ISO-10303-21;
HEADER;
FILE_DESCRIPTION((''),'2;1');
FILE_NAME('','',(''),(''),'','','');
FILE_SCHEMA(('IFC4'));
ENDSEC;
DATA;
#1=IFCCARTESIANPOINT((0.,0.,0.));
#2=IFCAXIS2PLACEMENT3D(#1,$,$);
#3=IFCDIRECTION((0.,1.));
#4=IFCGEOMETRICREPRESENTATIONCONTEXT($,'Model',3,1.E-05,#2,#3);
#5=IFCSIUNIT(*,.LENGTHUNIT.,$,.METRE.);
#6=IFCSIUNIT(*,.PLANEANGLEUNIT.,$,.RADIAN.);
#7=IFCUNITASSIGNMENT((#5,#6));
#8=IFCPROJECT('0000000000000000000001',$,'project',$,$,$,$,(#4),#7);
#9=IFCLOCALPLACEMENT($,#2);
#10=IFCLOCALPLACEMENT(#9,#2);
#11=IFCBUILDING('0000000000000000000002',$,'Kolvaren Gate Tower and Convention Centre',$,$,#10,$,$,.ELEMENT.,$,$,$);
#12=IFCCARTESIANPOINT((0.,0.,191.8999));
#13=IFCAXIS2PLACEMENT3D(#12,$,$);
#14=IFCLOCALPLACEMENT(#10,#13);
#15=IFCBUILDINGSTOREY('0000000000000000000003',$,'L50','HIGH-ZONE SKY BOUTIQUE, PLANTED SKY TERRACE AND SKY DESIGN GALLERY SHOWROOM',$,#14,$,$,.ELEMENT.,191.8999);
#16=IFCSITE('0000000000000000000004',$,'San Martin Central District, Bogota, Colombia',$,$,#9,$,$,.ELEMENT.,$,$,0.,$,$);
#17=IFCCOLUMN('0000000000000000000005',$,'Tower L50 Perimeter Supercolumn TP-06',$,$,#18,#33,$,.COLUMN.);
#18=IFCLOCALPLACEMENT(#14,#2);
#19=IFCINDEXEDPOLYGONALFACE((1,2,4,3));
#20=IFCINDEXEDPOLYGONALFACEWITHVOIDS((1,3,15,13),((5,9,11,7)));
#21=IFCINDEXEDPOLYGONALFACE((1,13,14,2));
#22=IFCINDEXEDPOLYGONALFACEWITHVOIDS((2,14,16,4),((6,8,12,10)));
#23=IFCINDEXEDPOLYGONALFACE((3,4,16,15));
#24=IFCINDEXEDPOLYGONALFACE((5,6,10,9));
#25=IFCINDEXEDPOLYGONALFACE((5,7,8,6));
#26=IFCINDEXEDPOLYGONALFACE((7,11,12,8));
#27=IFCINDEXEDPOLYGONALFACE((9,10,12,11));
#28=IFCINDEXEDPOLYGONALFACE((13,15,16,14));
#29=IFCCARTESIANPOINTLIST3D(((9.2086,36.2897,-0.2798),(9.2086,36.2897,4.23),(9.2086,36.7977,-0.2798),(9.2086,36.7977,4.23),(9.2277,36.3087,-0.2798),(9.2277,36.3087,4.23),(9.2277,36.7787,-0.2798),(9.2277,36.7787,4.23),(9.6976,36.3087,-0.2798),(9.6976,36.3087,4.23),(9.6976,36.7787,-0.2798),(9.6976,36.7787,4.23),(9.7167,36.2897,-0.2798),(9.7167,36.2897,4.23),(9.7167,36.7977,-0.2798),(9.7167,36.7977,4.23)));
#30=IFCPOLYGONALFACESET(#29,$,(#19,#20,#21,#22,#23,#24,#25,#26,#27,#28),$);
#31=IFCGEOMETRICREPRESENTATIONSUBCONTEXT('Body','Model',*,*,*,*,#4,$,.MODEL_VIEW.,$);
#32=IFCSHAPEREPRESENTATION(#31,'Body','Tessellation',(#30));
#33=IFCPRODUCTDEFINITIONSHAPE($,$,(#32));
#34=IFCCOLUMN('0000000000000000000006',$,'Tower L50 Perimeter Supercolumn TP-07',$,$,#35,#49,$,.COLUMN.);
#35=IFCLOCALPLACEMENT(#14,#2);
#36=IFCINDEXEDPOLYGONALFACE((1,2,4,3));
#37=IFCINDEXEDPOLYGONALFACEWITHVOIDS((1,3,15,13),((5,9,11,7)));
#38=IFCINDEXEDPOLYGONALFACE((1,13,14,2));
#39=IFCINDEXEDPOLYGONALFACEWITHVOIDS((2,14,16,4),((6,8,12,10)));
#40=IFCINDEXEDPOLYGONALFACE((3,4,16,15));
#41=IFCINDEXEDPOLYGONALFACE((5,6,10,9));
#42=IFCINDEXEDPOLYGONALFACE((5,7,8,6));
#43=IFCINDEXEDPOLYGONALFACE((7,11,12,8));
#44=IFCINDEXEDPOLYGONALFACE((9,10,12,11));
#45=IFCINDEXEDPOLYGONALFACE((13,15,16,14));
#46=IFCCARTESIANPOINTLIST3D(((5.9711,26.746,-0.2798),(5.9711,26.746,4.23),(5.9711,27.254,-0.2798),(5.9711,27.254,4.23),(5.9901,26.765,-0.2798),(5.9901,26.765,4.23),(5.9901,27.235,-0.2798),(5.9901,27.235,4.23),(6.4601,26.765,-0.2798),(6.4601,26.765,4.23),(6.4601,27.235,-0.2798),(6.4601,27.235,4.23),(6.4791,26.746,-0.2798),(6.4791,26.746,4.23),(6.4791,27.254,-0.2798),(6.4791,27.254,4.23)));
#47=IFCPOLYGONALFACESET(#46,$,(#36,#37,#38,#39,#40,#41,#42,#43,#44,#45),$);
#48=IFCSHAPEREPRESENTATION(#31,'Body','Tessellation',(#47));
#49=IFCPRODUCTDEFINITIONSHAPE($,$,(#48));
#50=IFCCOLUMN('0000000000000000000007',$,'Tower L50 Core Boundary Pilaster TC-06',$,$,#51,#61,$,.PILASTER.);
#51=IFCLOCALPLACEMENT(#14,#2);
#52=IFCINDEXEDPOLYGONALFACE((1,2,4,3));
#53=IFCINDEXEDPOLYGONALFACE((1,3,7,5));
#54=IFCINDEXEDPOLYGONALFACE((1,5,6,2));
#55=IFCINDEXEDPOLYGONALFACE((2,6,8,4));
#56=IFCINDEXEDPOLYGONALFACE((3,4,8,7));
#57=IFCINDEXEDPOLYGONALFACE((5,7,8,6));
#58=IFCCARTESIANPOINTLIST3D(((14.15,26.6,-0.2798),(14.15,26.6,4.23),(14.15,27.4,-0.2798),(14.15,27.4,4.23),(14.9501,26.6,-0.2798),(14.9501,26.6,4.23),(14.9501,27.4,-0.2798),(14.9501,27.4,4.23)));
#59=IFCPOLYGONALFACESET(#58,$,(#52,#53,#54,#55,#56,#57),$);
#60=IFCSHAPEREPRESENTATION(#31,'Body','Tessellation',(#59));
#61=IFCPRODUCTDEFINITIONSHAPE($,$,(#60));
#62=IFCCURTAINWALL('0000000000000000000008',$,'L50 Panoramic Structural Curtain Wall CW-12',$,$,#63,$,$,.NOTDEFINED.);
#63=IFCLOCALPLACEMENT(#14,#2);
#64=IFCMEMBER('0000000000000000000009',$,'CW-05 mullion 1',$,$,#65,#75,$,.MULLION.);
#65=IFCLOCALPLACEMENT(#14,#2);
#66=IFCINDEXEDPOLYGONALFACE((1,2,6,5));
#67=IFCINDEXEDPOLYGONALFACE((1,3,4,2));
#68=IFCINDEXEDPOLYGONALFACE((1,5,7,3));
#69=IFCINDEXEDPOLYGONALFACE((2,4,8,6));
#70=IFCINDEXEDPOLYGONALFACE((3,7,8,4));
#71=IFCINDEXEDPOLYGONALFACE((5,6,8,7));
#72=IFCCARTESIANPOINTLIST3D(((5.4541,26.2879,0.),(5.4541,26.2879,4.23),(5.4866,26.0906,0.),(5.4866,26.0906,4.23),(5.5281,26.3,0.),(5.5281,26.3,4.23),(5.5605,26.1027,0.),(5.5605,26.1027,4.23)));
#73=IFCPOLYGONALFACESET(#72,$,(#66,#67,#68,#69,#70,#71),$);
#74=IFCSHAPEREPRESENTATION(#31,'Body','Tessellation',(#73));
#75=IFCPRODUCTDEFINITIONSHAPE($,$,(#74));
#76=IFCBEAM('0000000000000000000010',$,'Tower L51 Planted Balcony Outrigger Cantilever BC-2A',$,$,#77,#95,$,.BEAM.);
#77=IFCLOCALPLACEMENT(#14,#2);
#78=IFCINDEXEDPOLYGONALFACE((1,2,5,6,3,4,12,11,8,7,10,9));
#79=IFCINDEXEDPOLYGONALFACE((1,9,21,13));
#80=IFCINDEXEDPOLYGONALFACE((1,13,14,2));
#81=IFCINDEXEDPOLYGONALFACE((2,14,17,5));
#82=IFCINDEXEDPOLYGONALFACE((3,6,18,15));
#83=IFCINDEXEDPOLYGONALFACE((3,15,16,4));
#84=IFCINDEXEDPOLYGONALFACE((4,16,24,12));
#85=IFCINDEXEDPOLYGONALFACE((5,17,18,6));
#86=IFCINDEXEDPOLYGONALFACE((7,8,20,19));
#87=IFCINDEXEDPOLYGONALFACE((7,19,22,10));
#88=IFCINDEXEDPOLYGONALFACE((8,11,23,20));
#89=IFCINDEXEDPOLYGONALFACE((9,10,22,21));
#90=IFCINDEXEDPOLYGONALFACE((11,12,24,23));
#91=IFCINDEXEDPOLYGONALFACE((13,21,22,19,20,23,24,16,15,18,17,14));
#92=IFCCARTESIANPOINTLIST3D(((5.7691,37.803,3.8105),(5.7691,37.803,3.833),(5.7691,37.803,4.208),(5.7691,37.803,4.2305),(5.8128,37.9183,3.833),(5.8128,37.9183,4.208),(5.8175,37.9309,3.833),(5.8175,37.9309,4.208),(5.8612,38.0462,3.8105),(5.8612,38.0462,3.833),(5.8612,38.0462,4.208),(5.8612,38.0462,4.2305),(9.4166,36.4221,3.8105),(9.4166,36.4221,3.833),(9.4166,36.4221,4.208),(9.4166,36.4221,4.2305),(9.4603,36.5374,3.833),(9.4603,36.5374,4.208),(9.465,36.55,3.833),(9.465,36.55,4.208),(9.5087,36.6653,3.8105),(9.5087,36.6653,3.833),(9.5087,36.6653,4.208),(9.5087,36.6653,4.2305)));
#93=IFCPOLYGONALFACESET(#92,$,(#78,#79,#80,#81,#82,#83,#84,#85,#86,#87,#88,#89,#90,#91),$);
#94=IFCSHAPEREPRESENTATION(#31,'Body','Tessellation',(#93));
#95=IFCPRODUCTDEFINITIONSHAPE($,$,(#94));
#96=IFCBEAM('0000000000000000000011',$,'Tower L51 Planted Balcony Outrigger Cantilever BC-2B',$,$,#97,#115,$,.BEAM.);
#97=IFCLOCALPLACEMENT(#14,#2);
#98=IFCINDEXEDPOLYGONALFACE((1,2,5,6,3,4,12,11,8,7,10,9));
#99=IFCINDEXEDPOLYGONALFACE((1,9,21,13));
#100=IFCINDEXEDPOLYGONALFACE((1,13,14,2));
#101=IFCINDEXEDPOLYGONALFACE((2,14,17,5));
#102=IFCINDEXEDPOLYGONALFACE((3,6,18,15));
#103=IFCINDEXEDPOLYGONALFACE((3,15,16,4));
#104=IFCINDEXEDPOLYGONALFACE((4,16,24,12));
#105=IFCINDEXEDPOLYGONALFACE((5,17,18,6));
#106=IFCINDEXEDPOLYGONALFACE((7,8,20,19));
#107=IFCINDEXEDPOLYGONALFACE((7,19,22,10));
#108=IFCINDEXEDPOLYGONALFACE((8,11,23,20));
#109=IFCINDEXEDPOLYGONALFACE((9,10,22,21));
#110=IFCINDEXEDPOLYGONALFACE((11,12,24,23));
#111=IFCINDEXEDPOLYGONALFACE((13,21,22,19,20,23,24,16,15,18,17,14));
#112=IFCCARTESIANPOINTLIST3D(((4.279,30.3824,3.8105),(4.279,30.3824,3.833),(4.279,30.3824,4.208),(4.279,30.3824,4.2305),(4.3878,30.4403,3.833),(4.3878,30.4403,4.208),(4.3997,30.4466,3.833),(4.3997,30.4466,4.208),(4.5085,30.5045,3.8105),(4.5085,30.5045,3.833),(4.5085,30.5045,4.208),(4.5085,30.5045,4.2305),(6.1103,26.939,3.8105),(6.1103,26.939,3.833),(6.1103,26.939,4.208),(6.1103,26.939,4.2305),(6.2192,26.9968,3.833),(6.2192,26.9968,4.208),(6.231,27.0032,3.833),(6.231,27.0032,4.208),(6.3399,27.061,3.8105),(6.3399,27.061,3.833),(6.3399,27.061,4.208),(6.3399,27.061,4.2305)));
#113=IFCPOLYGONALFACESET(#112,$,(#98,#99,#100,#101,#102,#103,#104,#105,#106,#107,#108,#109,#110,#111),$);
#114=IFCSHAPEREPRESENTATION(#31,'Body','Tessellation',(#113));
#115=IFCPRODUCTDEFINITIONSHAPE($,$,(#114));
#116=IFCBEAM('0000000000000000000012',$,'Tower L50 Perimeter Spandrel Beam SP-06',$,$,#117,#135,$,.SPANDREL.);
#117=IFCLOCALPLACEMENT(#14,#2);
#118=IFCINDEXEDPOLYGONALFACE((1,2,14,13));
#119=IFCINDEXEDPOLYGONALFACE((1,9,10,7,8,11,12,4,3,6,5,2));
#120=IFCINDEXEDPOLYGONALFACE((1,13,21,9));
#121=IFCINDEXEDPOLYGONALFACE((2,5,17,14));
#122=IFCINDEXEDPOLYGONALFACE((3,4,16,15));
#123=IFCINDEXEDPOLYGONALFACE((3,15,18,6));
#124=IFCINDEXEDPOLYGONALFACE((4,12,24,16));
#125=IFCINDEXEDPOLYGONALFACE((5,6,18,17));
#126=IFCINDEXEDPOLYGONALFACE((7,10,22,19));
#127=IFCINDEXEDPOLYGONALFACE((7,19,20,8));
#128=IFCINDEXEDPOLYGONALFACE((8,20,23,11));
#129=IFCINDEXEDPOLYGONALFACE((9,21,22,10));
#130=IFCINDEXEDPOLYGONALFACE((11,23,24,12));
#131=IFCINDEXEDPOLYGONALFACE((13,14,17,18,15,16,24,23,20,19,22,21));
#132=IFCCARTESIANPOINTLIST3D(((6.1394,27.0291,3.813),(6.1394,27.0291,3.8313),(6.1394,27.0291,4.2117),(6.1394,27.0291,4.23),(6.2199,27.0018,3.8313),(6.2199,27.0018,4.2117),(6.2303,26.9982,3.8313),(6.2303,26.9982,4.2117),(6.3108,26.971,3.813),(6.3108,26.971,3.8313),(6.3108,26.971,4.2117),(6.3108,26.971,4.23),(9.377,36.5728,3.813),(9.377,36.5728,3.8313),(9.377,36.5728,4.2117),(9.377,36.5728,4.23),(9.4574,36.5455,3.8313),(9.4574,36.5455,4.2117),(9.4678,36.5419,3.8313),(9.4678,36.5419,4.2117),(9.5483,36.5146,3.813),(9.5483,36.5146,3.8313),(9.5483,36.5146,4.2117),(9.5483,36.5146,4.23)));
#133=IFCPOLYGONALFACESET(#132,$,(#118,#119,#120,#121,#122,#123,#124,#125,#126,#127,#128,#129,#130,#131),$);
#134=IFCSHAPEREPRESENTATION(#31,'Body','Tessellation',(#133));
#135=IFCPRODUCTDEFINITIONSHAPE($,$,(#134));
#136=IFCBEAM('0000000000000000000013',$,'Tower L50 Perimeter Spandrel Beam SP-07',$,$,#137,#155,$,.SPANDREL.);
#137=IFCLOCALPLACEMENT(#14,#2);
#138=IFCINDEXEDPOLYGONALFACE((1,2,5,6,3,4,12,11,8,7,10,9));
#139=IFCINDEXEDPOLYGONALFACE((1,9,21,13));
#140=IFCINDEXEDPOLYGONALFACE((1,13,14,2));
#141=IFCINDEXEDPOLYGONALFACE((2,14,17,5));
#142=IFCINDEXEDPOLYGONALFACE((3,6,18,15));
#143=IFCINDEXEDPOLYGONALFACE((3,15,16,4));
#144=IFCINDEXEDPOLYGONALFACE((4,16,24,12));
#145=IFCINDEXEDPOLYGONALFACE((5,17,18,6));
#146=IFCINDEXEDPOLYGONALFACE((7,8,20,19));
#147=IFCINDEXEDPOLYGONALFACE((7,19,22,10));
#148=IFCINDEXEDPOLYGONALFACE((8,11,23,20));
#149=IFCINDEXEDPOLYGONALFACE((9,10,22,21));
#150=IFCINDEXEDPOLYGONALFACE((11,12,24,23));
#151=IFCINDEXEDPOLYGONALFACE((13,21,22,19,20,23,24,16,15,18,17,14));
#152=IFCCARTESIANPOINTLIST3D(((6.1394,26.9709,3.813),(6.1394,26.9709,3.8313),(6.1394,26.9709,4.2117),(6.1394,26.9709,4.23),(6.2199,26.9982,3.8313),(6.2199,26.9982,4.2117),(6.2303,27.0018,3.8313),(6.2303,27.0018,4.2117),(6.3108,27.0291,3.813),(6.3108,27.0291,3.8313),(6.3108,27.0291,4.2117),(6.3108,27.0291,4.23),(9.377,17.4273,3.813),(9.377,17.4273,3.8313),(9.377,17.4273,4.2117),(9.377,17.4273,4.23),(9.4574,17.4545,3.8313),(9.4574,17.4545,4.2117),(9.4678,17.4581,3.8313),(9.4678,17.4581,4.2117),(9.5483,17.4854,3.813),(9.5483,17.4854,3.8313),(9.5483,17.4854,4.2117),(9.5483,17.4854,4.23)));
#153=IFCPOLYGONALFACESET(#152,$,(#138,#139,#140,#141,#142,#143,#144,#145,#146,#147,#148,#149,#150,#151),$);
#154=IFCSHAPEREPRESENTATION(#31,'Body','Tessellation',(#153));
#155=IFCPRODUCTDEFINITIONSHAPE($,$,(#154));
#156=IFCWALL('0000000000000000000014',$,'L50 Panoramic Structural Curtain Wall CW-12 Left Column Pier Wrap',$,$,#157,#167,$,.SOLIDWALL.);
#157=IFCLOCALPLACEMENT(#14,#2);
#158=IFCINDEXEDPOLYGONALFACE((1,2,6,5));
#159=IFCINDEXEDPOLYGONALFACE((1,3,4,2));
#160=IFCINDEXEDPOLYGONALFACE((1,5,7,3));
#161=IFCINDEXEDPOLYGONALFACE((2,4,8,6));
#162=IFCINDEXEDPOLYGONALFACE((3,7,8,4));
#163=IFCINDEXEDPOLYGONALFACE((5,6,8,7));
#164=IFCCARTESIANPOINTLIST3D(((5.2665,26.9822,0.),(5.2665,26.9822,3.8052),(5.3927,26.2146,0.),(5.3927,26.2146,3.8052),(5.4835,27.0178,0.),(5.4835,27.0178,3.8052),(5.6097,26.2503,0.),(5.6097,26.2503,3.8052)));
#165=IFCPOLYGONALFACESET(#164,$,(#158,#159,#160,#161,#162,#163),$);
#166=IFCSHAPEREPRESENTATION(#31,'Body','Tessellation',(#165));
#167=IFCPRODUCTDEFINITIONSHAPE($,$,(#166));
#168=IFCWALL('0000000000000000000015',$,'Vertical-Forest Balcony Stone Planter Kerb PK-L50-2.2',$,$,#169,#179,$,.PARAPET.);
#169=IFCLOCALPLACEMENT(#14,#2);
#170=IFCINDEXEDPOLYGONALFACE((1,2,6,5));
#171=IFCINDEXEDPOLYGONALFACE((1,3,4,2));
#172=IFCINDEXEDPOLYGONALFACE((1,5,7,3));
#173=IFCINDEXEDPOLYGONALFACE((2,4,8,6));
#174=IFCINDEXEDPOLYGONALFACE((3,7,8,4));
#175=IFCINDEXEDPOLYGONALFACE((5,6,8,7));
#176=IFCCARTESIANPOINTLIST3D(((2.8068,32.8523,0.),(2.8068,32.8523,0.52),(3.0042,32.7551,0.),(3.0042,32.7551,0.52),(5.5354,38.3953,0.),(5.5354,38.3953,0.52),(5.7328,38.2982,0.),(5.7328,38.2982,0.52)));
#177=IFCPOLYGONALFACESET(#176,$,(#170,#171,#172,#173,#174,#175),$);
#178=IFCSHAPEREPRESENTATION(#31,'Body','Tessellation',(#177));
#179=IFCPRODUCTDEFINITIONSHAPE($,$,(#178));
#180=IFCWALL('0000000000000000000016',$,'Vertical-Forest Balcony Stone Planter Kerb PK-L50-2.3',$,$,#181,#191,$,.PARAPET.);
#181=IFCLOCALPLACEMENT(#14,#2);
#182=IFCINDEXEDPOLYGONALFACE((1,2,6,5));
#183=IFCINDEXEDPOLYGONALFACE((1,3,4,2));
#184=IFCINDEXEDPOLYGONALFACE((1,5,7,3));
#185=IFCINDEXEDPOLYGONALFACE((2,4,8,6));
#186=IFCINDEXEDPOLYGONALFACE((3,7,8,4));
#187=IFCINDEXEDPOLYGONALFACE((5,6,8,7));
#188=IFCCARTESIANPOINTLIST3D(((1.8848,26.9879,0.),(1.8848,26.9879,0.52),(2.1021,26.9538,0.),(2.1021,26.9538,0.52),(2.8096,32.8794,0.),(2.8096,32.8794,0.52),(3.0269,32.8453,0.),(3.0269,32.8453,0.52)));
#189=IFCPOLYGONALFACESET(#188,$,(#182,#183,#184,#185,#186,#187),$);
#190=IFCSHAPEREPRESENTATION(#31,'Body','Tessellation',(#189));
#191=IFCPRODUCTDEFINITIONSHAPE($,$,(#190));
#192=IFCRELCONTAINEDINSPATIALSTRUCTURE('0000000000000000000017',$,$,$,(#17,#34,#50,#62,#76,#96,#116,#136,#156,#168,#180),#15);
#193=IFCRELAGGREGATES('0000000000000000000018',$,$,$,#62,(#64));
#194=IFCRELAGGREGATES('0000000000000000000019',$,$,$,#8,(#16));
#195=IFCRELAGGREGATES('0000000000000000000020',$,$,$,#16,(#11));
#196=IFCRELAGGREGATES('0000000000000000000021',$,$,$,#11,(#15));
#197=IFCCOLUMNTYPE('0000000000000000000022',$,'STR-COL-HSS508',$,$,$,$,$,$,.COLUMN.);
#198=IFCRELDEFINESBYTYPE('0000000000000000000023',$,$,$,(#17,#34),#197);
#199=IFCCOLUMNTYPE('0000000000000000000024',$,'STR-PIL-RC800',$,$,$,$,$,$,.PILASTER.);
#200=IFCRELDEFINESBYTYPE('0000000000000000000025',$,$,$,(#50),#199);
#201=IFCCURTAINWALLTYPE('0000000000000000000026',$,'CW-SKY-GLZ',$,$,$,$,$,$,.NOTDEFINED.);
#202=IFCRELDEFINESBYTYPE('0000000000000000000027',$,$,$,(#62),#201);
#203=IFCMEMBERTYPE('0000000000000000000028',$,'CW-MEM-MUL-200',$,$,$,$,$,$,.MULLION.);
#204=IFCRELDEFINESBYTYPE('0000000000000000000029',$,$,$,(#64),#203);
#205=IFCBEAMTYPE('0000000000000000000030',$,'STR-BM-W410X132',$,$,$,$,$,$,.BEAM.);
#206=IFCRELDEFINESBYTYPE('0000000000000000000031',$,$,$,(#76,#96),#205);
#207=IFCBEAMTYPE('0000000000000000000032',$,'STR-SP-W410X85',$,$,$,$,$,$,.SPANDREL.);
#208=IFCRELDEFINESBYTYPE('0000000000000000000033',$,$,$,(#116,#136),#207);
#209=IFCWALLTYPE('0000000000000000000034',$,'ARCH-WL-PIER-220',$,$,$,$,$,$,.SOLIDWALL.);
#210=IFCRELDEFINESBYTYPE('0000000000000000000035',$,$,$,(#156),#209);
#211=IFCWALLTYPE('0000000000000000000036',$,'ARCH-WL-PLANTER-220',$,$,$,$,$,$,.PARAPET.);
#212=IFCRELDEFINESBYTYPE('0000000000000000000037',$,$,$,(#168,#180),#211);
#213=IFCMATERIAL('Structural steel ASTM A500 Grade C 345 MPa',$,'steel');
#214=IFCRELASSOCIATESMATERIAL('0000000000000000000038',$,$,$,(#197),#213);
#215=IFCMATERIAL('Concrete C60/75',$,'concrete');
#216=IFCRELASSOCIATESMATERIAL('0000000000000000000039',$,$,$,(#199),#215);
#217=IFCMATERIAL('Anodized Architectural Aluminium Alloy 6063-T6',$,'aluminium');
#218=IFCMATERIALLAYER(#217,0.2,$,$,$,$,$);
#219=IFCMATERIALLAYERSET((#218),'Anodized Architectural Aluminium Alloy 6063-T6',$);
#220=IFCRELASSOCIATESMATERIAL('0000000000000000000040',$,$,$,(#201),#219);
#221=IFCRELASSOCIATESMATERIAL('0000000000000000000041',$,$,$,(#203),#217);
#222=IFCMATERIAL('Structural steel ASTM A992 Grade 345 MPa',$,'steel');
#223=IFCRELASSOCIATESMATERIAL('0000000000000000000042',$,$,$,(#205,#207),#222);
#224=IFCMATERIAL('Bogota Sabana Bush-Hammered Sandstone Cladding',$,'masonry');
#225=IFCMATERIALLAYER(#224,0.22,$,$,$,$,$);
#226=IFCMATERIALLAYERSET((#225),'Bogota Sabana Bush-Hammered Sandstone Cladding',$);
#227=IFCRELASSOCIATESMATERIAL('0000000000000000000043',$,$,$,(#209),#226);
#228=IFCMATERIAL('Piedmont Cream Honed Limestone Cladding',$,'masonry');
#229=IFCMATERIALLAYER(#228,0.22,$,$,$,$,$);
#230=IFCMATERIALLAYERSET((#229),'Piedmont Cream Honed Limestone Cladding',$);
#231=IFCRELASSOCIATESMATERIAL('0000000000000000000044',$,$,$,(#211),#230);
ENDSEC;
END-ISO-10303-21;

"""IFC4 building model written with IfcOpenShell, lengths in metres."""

from ifc_helpers import new_model, si_unit, direction, frame, frame_2d, origin, origin_2d, place, context, subcontext, project, spatial, rectangle, hollow_rectangle, i_section, extrude, material, layer, layer_set, material_profile, profile_set, type_object, element, aggregate, save


model = new_model("IFC4")

# Units and contexts
model_context = context("Model", 3, precision=1e-05, world=origin(), true_north=direction((0.0, 1.0)))
body_context = subcontext(model_context, "Body", "Model", "MODEL_VIEW")
ifc_project = project(units=[si_unit("LENGTHUNIT", "METRE"), si_unit("PLANEANGLEUNIT", "RADIAN")], contexts=[model_context])

# Site, building, storey
site_placement = place(None, origin())
site = spatial("IfcSite", under=ifc_project, at=site_placement, Name="San Martin Central District, Bogota, Colombia", CompositionType="ELEMENT", RefElevation=0.0)
building_placement = place(site_placement, origin())
building = spatial("IfcBuilding", under=site, at=building_placement, Name="Kolvaren Gate Tower and Convention Centre", CompositionType="ELEMENT")
storey_placement = place(building_placement, frame((0.0, 0.0, 191.8999)))
storey = spatial("IfcBuildingStorey", under=building, at=storey_placement, Name="L50", Description="HIGH-ZONE SKY BOUTIQUE, PLANTED SKY TERRACE AND SKY DESIGN GALLERY SHOWROOM", CompositionType="ELEMENT", Elevation=191.8999)

# Columns
ifc_material_1 = material(Name="Structural steel ASTM A500 Grade C 345 MPa", Category="steel")
ifc_material_profile_1 = material_profile(ifc_material_1, hollow_rectangle(XDim=0.5081, YDim=0.5081, WallThickness=0.019, at=origin_2d()), Name="HSS508X508X19.1")
ifc_profile_set_1 = profile_set([ifc_material_profile_1], Name="Structural steel ASTM A500 Grade C 345 MPa")
column_type_1 = type_object("IfcColumnType", Name="STR-COL-HSS508", PredefinedType="COLUMN", material=ifc_profile_set_1)
for number, where, z_axis, x_axis, name in (
    (1, (9.4626, 36.5437, -0.2798), (0.0, 0.0, 1.0), (1.0, 0.0, 0.0), "Tower L50 Perimeter Supercolumn TP-06"),
    (2, (6.2251, 27.0, -0.2798), (0.0, 0.0, 1.0), (1.0, 0.0, 0.0), "Tower L50 Perimeter Supercolumn TP-07"),
):
    element("IfcColumn", number, at=place(storey_placement, frame(where, z_axis=z_axis, x_axis=x_axis)), inside=storey, type_object=column_type_1, Name=name, PredefinedType="COLUMN", context=body_context, shape_type="SweptSolid", body=[
        extrude(hollow_rectangle(XDim=0.5081, YDim=0.5081, WallThickness=0.019, at=origin_2d()), origin(), (0.0, 0.0, 1.0), 4.5098),
    ])
ifc_material_2 = material(Name="Concrete C60/75", Category="concrete")
ifc_material_profile_2 = material_profile(ifc_material_2, rectangle(XDim=0.8, YDim=0.8, at=origin_2d()), Name="RC-COL-800X800")
ifc_profile_set_2 = profile_set([ifc_material_profile_2], Name="Concrete C60/75")
column_type_2 = type_object("IfcColumnType", Name="STR-PIL-RC800", PredefinedType="PILASTER", material=ifc_profile_set_2)
column_placement = place(storey_placement, frame((14.55, 27.0, -0.2798), z_axis=(0.0, 0.0, 1.0), x_axis=(1.0, 0.0, 0.0)))
element("IfcColumn", 3, at=column_placement, inside=storey, type_object=column_type_2, Name="Tower L50 Core Boundary Pilaster TC-06", PredefinedType="PILASTER", context=body_context, shape_type="SweptSolid", body=[
    extrude(rectangle(XDim=0.8, YDim=0.8, at=origin_2d()), origin(), (0.0, 0.0, 1.0), 4.5098),
])

# Curtain wall, member
ifc_material_3 = material(Name="Anodized Architectural Aluminium Alloy 6063-T6", Category="aluminium")
ifc_layer_1 = layer(ifc_material_3, 0.2)
ifc_layer_set_1 = layer_set([ifc_layer_1], Name="Anodized Architectural Aluminium Alloy 6063-T6")
curtain_wall_type = type_object("IfcCurtainWallType", Name="CW-SKY-GLZ", PredefinedType="NOTDEFINED", material=ifc_layer_set_1)
curtain_wall_placement = place(storey_placement, origin())
curtain_wall = element("IfcCurtainWall", 4, at=curtain_wall_placement, inside=storey, type_object=curtain_wall_type, Name="L50 Panoramic Structural Curtain Wall CW-12", PredefinedType="NOTDEFINED")
ifc_material_profile_3 = material_profile(ifc_material_3, rectangle(XDim=0.075, YDim=0.2, at=origin_2d()), Name="CW-MEM-MUL-200")
ifc_profile_set_3 = profile_set([ifc_material_profile_3], Name="Anodized Architectural Aluminium Alloy 6063-T6")
member_type = type_object("IfcMemberType", Name="CW-MEM-MUL-200", PredefinedType="MULLION", material=ifc_profile_set_3)
member_placement = place(storey_placement, frame((5.5073, 26.1953, 0.0), z_axis=(0.0, 0.0, 1.0), x_axis=(0.986728, 0.162382, 0.0)))
member = element("IfcMember", 5, at=member_placement, type_object=member_type, Name="CW-05 mullion 1", PredefinedType="MULLION", context=body_context, shape_type="SweptSolid", body=[
    extrude(rectangle(XDim=0.075, YDim=0.2, at=origin_2d()), origin(), (0.0, 0.0, 1.0), 4.23),
])
aggregate(curtain_wall, [member])

# Beams
ifc_material_4 = material(Name="Structural steel ASTM A992 Grade 345 MPa", Category="steel")
ifc_material_profile_4 = material_profile(ifc_material_4, i_section(OverallWidth=0.26, OverallDepth=0.4199, WebThickness=0.0134, FlangeThickness=0.0225, at=origin_2d()), Name="W410X132")
ifc_profile_set_4 = profile_set([ifc_material_profile_4], Name="Structural steel ASTM A992 Grade 345 MPa")
beam_type_1 = type_object("IfcBeamType", Name="STR-BM-W410X132", PredefinedType="BEAM", material=ifc_profile_set_4)
for number, where, z_axis, x_axis, name in (
    (6, (9.4626, 36.5437, 4.0205), (-0.935224, 0.354058, 0.0), (-0.354058, -0.935224, 0.0), "Tower L51 Planted Balcony Outrigger Cantilever BC-2A"),
    (7, (6.2251, 27.0, 4.0205), (-0.469558, 0.882902, 0.0), (-0.882902, -0.469558, 0.0), "Tower L51 Planted Balcony Outrigger Cantilever BC-2B"),
):
    element("IfcBeam", number, at=place(storey_placement, frame(where, z_axis=z_axis, x_axis=x_axis)), inside=storey, type_object=beam_type_1, Name=name, PredefinedType="BEAM", context=body_context, shape_type="SweptSolid", body=[
        extrude(i_section(OverallWidth=0.26, OverallDepth=0.4199, WebThickness=0.0134, FlangeThickness=0.0225, at=origin_2d()), origin(), (0.0, 0.0, 1.0), 3.9001),
    ])
ifc_material_profile_5 = material_profile(ifc_material_4, i_section(OverallWidth=0.1809, OverallDepth=0.417, WebThickness=0.011, FlangeThickness=0.0183, at=origin_2d()), Name="W410X85")
ifc_profile_set_5 = profile_set([ifc_material_profile_5], Name="Structural steel ASTM A992 Grade 345 MPa")
beam_type_2 = type_object("IfcBeamType", Name="STR-SP-W410X85", PredefinedType="SPANDREL", material=ifc_profile_set_5)
for number, where, z_axis, x_axis, name in (
    (8, (9.4626, 36.5437, 4.0215), (-0.321253, -0.946994, 0.0), (0.946994, -0.321253, 0.0), "Tower L50 Perimeter Spandrel Beam SP-06"),
    (9, (6.2251, 27.0, 4.0215), (0.321253, -0.946994, 0.0), (0.946994, 0.321253, 0.0), "Tower L50 Perimeter Spandrel Beam SP-07"),
):
    element("IfcBeam", number, at=place(storey_placement, frame(where, z_axis=z_axis, x_axis=x_axis)), inside=storey, type_object=beam_type_2, Name=name, PredefinedType="SPANDREL", context=body_context, shape_type="SweptSolid", body=[
        extrude(i_section(OverallWidth=0.1809, OverallDepth=0.417, WebThickness=0.011, FlangeThickness=0.0183, at=origin_2d()), origin(), (0.0, 0.0, 1.0), 10.0779),
    ])

# Walls
ifc_material_5 = material(Name="Bogota Sabana Bush-Hammered Sandstone Cladding", Category="masonry")
ifc_layer_2 = layer(ifc_material_5, 0.22)
ifc_layer_set_2 = layer_set([ifc_layer_2], Name="Bogota Sabana Bush-Hammered Sandstone Cladding")
wall_type_1 = type_object("IfcWallType", Name="ARCH-WL-PIER-220", PredefinedType="SOLIDWALL", material=ifc_layer_set_2)
wall_1_placement = place(storey_placement, frame((5.375, 27.0, 0.0), z_axis=(0.0, 0.0, 1.0), x_axis=(0.162261, -0.986748, 0.0)))
element("IfcWall", 10, at=wall_1_placement, inside=storey, type_object=wall_type_1, Name="L50 Panoramic Structural Curtain Wall CW-12 Left Column Pier Wrap", PredefinedType="SOLIDWALL", context=body_context, shape_type="SweptSolid", body=[
    extrude(rectangle(XDim=0.7778, YDim=0.22, at=frame_2d((0.3889, 0.0))), origin(), (0.0, 0.0, 1.0), 3.8052),
])
ifc_material_6 = material(Name="Piedmont Cream Honed Limestone Cladding", Category="masonry")
ifc_layer_3 = layer(ifc_material_6, 0.22)
ifc_layer_set_3 = layer_set([ifc_layer_3], Name="Piedmont Cream Honed Limestone Cladding")
wall_type_2 = type_object("IfcWallType", Name="ARCH-WL-PLANTER-220", PredefinedType="PARAPET", material=ifc_layer_set_3)
wall_2_placement = place(storey_placement, frame((2.9055, 32.8037, 0.0), z_axis=(0.0, 0.0, 1.0), x_axis=(0.441641, 0.897192, 0.0)))
element("IfcWall", 11, at=wall_2_placement, inside=storey, type_object=wall_type_2, Name="Vertical-Forest Balcony Stone Planter Kerb PK-L50-2.2", PredefinedType="PARAPET", context=body_context, shape_type="SweptSolid", body=[
    extrude(rectangle(XDim=6.1782, YDim=0.22, at=frame_2d((3.0891, 0.0))), origin(), (0.0, 0.0, 1.0), 0.52),
])
wall_3_placement = place(storey_placement, frame((1.9934, 26.9707, 0.0), z_axis=(0.0, 0.0, 1.0), x_axis=(0.155071, 0.987903, 0.0)))
element("IfcWall", 12, at=wall_3_placement, inside=storey, type_object=wall_type_2, Name="Vertical-Forest Balcony Stone Planter Kerb PK-L50-2.3", PredefinedType="PARAPET", context=body_context, shape_type="SweptSolid", body=[
    extrude(rectangle(XDim=5.9636, YDim=0.22, at=frame_2d((2.9819, 0.0))), origin(), (0.0, 0.0, 1.0), 0.52),
])

save(model, "model.ifc")
